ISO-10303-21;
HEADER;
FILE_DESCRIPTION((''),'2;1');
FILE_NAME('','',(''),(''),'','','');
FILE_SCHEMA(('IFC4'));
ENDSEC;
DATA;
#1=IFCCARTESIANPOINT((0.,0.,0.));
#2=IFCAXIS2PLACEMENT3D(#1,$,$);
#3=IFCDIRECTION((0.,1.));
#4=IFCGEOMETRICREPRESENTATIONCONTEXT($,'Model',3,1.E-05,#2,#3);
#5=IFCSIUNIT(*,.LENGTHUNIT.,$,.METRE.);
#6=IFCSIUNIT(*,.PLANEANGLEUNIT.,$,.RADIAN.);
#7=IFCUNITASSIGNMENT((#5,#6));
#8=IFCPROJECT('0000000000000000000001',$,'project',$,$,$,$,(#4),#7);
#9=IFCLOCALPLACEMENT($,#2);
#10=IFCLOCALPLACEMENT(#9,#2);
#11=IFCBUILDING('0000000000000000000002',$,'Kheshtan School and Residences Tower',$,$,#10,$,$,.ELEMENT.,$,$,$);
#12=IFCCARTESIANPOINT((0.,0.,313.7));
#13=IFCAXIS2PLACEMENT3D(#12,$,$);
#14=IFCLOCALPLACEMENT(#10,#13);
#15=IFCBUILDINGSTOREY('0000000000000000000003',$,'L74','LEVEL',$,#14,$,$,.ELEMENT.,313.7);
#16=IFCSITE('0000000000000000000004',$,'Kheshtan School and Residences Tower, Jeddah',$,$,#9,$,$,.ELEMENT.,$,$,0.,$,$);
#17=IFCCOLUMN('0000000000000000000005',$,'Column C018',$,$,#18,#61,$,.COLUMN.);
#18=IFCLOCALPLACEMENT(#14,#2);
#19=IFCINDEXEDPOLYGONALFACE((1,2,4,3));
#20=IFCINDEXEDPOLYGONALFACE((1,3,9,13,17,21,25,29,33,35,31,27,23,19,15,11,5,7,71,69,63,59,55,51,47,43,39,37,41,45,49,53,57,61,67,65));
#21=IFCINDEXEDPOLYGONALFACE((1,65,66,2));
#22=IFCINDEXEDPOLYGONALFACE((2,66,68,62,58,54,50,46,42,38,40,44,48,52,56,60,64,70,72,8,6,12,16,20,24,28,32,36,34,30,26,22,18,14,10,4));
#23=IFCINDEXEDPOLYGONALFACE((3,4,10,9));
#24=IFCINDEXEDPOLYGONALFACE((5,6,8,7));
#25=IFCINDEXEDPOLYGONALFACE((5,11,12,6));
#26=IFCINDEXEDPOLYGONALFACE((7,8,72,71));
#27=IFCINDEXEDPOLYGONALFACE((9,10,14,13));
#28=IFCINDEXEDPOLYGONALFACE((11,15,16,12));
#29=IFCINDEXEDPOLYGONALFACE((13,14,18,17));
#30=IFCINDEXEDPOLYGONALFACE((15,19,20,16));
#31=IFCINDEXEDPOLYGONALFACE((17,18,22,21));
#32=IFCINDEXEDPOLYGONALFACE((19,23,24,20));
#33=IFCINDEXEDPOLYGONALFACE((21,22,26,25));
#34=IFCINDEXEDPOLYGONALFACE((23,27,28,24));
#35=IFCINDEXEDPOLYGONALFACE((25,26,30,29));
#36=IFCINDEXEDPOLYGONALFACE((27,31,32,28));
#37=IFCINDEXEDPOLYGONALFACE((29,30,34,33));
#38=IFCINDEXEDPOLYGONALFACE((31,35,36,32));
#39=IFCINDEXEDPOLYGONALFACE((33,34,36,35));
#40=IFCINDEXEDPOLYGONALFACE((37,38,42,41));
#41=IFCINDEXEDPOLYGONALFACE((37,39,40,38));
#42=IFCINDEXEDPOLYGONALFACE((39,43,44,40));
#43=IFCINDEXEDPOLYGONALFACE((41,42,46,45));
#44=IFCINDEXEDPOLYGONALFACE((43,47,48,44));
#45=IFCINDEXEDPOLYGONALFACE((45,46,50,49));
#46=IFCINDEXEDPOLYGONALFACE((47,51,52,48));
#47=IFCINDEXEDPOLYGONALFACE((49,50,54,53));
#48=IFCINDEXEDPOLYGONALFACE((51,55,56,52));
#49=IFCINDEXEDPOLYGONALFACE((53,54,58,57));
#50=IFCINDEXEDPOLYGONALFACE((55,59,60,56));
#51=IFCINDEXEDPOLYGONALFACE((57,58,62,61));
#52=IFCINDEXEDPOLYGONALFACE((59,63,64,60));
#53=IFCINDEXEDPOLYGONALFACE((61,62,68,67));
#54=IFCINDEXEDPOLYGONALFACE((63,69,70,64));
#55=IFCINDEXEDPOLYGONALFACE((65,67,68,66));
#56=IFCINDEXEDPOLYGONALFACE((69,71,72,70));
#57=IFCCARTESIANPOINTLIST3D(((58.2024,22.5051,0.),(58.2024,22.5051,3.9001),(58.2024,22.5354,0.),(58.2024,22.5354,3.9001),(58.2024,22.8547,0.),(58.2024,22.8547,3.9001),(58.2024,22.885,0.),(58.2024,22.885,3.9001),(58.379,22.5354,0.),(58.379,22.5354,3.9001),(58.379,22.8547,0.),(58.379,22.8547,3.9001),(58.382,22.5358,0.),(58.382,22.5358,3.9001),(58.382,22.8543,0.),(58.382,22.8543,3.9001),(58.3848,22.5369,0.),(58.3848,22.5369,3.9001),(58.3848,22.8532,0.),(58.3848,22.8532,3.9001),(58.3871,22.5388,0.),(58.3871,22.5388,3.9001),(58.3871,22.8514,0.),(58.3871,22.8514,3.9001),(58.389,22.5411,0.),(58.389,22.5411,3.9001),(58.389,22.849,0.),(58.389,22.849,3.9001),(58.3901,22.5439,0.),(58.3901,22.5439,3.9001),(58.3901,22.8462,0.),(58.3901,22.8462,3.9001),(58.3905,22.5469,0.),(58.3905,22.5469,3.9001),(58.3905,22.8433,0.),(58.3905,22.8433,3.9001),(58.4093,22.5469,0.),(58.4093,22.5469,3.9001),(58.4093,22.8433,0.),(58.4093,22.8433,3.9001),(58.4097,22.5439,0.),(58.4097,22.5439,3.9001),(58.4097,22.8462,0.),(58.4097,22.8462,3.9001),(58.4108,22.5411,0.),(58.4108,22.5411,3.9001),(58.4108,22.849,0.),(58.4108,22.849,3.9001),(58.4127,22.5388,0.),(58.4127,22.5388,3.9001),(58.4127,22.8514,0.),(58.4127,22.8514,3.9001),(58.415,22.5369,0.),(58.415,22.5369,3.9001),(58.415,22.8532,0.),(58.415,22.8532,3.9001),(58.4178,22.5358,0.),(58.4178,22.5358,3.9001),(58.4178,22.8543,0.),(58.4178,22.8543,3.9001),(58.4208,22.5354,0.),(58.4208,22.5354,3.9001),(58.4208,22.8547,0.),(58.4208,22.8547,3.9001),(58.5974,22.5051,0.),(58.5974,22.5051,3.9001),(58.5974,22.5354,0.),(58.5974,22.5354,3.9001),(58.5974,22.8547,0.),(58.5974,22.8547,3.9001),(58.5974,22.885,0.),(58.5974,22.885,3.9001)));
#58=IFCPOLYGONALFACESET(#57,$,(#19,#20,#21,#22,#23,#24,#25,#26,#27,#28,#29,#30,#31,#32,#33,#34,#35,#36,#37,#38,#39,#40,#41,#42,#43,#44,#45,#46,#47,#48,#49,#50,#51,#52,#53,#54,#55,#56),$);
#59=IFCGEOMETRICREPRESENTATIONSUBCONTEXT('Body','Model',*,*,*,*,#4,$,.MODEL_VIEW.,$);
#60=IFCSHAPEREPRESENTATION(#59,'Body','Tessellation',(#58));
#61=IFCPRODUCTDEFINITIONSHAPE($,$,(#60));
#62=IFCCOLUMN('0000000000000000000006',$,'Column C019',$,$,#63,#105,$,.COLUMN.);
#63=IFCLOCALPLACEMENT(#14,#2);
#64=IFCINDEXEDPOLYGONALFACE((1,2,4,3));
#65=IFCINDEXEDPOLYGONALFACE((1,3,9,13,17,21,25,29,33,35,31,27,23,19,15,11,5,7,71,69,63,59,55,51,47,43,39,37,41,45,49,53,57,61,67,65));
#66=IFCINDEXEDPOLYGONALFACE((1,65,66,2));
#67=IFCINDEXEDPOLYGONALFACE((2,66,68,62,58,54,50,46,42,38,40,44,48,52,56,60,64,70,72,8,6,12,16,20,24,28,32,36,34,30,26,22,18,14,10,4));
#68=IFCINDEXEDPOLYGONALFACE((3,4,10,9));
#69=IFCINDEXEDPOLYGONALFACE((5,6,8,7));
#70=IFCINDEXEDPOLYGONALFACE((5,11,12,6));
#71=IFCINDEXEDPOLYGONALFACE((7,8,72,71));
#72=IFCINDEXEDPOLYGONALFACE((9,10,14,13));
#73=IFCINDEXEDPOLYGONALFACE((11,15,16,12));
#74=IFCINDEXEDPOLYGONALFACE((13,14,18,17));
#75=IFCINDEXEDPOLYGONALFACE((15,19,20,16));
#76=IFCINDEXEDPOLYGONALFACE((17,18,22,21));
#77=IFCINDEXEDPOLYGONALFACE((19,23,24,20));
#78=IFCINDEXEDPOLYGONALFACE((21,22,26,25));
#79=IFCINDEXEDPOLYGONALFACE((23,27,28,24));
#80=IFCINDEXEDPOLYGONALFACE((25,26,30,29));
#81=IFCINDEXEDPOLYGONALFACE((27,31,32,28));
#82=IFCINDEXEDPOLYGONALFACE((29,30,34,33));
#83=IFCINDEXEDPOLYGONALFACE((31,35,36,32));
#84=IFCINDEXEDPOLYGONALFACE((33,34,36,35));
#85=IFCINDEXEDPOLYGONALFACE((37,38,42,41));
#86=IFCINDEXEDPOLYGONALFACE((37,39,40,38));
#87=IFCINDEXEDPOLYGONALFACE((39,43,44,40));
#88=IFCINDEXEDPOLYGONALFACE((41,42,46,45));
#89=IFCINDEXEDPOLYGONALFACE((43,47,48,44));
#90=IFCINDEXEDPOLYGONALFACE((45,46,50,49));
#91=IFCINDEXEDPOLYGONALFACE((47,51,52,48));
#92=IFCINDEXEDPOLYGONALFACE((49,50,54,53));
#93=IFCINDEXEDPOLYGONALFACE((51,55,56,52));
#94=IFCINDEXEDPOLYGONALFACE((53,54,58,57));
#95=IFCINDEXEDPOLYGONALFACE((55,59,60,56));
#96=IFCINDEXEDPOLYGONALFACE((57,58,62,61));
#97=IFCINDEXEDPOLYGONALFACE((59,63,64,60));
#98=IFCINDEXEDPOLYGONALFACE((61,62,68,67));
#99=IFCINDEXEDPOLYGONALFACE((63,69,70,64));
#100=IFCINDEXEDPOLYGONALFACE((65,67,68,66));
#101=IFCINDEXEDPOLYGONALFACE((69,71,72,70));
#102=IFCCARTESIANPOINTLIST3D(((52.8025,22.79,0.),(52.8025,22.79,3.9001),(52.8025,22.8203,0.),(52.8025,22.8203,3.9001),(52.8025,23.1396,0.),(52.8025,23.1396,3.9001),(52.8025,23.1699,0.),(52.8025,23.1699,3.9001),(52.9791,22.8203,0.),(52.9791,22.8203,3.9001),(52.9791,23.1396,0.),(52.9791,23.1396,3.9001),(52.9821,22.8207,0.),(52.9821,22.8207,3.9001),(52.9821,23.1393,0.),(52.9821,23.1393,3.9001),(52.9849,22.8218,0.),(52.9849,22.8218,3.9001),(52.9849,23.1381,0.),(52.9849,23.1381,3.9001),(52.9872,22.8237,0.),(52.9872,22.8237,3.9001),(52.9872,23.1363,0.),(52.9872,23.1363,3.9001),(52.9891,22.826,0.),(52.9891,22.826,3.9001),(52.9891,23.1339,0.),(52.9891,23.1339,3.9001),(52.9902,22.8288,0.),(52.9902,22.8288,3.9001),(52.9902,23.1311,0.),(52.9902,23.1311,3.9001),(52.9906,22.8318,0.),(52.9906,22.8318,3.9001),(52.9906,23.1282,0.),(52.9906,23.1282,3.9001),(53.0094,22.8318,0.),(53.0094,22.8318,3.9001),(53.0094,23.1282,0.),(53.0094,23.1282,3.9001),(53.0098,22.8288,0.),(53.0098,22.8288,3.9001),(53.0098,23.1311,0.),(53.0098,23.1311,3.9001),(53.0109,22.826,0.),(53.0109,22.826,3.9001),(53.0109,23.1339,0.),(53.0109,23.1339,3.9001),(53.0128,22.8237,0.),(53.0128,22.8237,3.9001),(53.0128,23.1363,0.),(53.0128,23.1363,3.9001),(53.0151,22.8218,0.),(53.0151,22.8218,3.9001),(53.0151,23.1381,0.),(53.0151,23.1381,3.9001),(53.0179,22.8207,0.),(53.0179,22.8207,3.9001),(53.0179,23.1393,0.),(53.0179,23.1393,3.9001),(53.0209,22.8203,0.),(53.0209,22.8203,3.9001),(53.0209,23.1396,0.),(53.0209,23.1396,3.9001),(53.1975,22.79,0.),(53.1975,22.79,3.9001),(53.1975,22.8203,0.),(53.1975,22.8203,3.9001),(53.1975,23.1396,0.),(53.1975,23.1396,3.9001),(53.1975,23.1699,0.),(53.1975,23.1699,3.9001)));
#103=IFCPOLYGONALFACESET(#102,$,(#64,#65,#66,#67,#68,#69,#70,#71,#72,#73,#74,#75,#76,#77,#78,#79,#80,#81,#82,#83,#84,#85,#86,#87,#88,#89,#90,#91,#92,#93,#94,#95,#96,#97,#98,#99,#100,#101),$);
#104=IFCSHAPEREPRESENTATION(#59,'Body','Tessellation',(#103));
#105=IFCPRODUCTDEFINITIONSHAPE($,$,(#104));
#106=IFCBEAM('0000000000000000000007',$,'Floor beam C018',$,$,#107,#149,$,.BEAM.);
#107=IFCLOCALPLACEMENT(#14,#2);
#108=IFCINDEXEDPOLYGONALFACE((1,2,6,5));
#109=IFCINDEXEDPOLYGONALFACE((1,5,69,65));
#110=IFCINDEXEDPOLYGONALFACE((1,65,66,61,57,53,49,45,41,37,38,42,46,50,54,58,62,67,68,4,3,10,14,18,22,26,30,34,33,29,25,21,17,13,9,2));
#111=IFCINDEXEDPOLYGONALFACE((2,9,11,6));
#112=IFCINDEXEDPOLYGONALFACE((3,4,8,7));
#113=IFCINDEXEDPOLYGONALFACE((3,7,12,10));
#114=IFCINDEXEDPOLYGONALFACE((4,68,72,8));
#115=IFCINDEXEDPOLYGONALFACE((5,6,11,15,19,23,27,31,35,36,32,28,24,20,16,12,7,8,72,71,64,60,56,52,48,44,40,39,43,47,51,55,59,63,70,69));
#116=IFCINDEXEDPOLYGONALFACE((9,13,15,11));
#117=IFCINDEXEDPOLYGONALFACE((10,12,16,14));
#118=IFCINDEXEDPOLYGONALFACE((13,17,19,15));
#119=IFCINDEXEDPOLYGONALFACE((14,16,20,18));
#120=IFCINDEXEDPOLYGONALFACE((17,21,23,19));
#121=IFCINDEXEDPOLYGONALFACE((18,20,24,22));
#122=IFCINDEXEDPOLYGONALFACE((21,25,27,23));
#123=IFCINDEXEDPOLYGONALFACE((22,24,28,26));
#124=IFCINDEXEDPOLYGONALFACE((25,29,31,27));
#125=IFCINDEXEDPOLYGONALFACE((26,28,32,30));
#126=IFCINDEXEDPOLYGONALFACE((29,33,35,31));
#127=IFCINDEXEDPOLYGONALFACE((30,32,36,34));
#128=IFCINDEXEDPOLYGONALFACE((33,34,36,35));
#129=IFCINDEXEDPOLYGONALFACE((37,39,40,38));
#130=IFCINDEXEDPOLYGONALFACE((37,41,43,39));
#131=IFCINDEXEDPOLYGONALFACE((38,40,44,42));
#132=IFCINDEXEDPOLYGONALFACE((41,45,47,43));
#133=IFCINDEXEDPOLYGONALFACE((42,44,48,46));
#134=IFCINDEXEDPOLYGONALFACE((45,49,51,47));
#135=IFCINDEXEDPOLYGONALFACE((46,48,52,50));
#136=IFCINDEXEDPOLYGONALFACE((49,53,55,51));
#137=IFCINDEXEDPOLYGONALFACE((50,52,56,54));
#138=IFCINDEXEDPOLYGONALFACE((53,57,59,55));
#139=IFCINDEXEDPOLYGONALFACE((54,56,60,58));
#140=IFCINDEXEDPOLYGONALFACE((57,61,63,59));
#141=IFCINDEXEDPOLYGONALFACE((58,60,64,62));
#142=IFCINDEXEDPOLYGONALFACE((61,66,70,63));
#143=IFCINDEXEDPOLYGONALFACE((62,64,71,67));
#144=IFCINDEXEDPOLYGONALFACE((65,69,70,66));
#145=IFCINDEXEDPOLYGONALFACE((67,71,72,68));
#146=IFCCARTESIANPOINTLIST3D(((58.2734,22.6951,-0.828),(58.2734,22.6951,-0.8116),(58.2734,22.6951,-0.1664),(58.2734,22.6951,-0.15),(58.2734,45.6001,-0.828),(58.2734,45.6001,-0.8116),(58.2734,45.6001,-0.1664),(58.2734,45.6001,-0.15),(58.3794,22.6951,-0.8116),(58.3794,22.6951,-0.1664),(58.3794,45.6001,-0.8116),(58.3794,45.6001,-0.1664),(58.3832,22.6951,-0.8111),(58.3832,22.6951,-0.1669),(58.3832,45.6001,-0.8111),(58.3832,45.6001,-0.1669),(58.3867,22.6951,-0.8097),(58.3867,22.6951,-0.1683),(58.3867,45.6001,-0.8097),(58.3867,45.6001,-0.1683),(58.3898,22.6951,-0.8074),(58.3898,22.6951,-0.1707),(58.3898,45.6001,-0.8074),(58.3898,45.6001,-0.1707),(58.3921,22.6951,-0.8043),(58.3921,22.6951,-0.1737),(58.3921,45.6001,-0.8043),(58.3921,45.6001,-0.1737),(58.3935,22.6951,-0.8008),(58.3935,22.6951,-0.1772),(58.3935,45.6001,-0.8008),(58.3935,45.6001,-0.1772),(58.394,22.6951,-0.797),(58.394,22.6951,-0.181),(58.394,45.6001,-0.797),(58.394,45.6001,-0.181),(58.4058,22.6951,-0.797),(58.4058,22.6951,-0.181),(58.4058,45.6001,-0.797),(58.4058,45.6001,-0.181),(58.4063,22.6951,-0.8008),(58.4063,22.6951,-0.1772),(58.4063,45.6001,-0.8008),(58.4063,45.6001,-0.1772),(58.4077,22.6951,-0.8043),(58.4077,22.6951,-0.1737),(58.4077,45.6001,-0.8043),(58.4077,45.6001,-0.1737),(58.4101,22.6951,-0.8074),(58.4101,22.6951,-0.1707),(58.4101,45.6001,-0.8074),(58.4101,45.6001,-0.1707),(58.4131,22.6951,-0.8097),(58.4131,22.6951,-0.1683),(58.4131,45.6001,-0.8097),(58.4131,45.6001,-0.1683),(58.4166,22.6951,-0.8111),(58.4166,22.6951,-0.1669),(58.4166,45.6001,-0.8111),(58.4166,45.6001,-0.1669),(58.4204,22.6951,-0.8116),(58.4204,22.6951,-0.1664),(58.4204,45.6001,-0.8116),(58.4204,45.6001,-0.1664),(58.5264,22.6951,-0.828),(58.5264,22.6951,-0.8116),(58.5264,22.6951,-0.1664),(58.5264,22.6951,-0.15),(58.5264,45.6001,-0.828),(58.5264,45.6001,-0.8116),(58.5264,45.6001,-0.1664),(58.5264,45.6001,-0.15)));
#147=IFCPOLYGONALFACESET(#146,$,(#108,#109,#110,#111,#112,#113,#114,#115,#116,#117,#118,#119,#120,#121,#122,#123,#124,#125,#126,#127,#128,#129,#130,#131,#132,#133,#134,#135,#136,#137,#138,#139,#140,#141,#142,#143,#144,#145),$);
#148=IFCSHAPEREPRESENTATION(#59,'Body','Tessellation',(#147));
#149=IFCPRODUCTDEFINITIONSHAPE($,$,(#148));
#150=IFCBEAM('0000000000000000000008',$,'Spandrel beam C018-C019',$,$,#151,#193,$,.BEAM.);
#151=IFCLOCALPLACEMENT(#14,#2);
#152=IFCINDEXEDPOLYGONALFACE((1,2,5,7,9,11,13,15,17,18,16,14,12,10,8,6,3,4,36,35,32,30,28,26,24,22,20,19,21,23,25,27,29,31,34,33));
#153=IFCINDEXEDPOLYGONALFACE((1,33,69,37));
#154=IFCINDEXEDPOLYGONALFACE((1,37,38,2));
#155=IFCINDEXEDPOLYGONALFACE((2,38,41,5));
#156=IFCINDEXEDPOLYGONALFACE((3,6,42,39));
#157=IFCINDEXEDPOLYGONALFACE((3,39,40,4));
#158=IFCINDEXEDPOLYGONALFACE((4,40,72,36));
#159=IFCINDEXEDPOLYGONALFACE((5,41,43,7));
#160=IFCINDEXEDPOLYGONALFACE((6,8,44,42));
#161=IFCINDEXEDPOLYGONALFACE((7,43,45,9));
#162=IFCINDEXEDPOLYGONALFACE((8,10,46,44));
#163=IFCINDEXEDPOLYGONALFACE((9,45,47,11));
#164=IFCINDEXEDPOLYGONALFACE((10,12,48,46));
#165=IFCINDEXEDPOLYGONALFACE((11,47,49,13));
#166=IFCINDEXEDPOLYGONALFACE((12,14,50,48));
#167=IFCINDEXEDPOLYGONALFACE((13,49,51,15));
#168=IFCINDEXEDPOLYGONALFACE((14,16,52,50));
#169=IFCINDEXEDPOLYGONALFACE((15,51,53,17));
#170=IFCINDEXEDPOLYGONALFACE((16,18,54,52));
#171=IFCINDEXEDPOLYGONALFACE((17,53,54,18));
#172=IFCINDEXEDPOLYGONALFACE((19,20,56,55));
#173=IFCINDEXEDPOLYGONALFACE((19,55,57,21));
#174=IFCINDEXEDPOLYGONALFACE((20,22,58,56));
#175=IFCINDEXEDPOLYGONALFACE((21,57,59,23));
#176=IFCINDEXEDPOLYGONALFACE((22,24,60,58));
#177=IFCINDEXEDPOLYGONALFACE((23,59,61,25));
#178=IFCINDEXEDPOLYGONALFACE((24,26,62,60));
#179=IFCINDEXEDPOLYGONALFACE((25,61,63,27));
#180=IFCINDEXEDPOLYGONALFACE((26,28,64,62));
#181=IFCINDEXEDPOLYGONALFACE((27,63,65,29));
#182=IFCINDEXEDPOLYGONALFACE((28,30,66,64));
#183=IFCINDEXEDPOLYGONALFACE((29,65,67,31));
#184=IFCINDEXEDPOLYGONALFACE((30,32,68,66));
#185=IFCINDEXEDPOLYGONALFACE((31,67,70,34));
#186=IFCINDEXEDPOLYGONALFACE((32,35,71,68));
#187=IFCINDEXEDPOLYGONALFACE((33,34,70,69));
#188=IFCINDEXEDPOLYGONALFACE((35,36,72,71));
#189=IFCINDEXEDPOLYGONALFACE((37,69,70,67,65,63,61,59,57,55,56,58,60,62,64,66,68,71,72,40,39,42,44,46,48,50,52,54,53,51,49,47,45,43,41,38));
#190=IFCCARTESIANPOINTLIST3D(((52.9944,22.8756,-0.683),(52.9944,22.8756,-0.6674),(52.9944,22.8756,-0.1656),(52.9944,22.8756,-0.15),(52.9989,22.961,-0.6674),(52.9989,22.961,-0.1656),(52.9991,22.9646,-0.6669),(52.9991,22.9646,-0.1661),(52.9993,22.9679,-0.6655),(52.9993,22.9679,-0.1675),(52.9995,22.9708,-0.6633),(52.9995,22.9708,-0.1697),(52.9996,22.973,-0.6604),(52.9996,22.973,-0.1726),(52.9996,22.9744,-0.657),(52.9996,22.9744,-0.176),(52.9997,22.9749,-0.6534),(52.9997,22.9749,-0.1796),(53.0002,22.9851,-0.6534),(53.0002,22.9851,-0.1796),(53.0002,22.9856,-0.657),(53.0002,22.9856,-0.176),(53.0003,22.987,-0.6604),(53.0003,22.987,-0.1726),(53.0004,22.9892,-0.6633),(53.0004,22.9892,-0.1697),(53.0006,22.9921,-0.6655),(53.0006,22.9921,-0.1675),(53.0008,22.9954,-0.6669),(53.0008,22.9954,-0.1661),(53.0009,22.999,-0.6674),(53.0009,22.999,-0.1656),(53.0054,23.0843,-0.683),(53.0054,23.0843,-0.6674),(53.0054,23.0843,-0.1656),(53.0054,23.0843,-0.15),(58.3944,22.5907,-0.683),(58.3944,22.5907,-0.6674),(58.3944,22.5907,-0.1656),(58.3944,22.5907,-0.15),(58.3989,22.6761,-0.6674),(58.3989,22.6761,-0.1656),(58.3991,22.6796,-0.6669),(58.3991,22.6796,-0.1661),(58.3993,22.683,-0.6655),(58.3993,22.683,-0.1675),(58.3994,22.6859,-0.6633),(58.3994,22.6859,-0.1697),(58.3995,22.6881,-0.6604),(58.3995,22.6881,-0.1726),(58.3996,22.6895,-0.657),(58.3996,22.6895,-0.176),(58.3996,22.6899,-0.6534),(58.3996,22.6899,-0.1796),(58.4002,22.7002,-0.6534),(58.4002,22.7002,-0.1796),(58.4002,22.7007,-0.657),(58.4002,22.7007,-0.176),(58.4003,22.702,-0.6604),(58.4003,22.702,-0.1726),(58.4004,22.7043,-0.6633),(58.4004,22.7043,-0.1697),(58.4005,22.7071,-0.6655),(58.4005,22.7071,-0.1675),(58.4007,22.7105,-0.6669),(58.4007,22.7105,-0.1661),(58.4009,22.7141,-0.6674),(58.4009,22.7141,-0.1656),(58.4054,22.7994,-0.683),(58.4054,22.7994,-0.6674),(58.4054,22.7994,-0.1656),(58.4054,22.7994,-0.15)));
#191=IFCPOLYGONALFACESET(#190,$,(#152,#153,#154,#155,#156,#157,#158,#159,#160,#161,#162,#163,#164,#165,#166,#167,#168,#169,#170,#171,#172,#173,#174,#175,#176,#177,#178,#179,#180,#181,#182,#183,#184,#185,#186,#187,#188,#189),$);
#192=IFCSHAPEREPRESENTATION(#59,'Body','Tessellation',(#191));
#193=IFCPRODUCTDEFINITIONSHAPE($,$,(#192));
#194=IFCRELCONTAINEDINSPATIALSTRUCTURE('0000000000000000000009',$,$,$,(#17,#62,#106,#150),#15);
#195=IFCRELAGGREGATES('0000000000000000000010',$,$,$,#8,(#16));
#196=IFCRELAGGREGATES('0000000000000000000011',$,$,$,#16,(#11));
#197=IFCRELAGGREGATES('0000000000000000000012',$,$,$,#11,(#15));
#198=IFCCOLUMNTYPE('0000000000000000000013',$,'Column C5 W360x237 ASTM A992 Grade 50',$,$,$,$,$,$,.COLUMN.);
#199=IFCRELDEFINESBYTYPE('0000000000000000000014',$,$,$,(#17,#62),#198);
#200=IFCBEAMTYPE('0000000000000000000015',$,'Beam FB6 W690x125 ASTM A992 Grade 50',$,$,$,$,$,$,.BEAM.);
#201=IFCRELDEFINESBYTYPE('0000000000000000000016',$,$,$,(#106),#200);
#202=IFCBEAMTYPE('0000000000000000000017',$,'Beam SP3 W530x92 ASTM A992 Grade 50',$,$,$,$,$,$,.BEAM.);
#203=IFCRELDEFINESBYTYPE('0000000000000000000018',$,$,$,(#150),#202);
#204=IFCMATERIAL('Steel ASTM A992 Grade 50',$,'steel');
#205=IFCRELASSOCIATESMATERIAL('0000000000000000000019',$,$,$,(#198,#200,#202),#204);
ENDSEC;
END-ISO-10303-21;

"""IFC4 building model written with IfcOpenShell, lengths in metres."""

from ifc_helpers import new_model, si_unit, direction, frame, origin, origin_2d, place, context, subcontext, project, spatial, i_section, extrude, material, material_profile, profile_set, type_object, element, save


model = new_model("IFC4")

# Units and contexts
model_context = context("Model", 3, precision=1e-05, world=origin(), true_north=direction((0.0, 1.0)))
body_context = subcontext(model_context, "Body", "Model", "MODEL_VIEW")
ifc_project = project(units=[si_unit("LENGTHUNIT", "METRE"), si_unit("PLANEANGLEUNIT", "RADIAN")], contexts=[model_context])

# Site, building, storey
site_placement = place(None, origin())
site = spatial("IfcSite", under=ifc_project, at=site_placement, Name="Kheshtan School and Residences Tower, Jeddah", CompositionType="ELEMENT", RefElevation=0.0)
building_placement = place(site_placement, origin())
building = spatial("IfcBuilding", under=site, at=building_placement, Name="Kheshtan School and Residences Tower", CompositionType="ELEMENT")
storey_placement = place(building_placement, frame((0.0, 0.0, 313.7)))
storey = spatial("IfcBuildingStorey", under=building, at=storey_placement, Name="L74", Description="LEVEL", CompositionType="ELEMENT", Elevation=313.7)

# Columns
ifc_material_1 = material(Name="Steel ASTM A992 Grade 50", Category="steel")
ifc_material_profile_1 = material_profile(ifc_material_1, i_section(OverallWidth=0.395, OverallDepth=0.3799, WebThickness=0.0188, FlangeThickness=0.0303, FilletRadius=0.0115, at=origin_2d()), Name="W360x237")
ifc_profile_set_1 = profile_set([ifc_material_profile_1], Name="Steel ASTM A992 Grade 50")
column_type = type_object("IfcColumnType", Name="Column C5 W360x237 ASTM A992 Grade 50", PredefinedType="COLUMN", material=ifc_profile_set_1)
for number, where, z_axis, x_axis, name in (
    (1, (58.3999, 22.6951, 0.0), (0.0, 0.0, 1.0), (1.0, 0.0, 0.0), "Column C018"),
    (2, (53.0, 22.98, 0.0), (0.0, 0.0, 1.0), (1.0, 0.0, 0.0), "Column C019"),
):
    element("IfcColumn", number, at=place(storey_placement, frame(where, z_axis=z_axis, x_axis=x_axis)), inside=storey, type_object=column_type, Name=name, PredefinedType="COLUMN", context=body_context, shape_type="SweptSolid", body=[
        extrude(i_section(OverallWidth=0.395, OverallDepth=0.3799, WebThickness=0.0188, FlangeThickness=0.0303, FilletRadius=0.0115, at=origin_2d()), origin(), (0.0, 0.0, 1.0), 3.9001),
    ])

# Beams
ifc_material_profile_2 = material_profile(ifc_material_1, i_section(OverallWidth=0.2529, OverallDepth=0.678, WebThickness=0.0117, FlangeThickness=0.0164, FilletRadius=0.0146, at=origin_2d()), Name="W690x125")
ifc_profile_set_2 = profile_set([ifc_material_profile_2], Name="Steel ASTM A992 Grade 50")
beam_type_1 = type_object("IfcBeamType", Name="Beam FB6 W690x125 ASTM A992 Grade 50", PredefinedType="BEAM", material=ifc_profile_set_2)
beam_placement = place(storey_placement, frame((58.3999, 22.6951, -0.489), z_axis=(0.0, 1.0, 0.0), x_axis=(-1.0, 0.0, 0.0)))
element("IfcBeam", 3, at=beam_placement, inside=storey, type_object=beam_type_1, Name="Floor beam C018", PredefinedType="BEAM", context=body_context, shape_type="SweptSolid", body=[
    extrude(i_section(OverallWidth=0.2529, OverallDepth=0.678, WebThickness=0.0117, FlangeThickness=0.0164, FilletRadius=0.0146, at=origin_2d()), origin(), (0.0, 0.0, 1.0), 22.905),
])
ifc_material_profile_3 = material_profile(ifc_material_1, i_section(OverallWidth=0.209, OverallDepth=0.533, WebThickness=0.0103, FlangeThickness=0.0156, FilletRadius=0.0139, at=origin_2d()), Name="W530x92")
ifc_profile_set_3 = profile_set([ifc_material_profile_3], Name="Steel ASTM A992 Grade 50")
beam_type_2 = type_object("IfcBeamType", Name="Beam SP3 W530x92 ASTM A992 Grade 50", PredefinedType="BEAM", material=ifc_profile_set_3)
for number, where, z_axis, x_axis, name in (
    (4, (58.3999, 22.6951, -0.4165), (-0.998611, 0.052689, 0.0), (-0.052689, -0.998611, 0.0), "Spandrel beam C018-C019"),
):
    element("IfcBeam", number, at=place(storey_placement, frame(where, z_axis=z_axis, x_axis=x_axis)), inside=storey, type_object=beam_type_2, Name=name, PredefinedType="BEAM", context=body_context, shape_type="SweptSolid", body=[
        extrude(i_section(OverallWidth=0.209, OverallDepth=0.533, WebThickness=0.0103, FlangeThickness=0.0156, FilletRadius=0.0139, at=origin_2d()), origin(), (0.0, 0.0, 1.0), 5.4075),
    ])

save(model, "model.ifc")
